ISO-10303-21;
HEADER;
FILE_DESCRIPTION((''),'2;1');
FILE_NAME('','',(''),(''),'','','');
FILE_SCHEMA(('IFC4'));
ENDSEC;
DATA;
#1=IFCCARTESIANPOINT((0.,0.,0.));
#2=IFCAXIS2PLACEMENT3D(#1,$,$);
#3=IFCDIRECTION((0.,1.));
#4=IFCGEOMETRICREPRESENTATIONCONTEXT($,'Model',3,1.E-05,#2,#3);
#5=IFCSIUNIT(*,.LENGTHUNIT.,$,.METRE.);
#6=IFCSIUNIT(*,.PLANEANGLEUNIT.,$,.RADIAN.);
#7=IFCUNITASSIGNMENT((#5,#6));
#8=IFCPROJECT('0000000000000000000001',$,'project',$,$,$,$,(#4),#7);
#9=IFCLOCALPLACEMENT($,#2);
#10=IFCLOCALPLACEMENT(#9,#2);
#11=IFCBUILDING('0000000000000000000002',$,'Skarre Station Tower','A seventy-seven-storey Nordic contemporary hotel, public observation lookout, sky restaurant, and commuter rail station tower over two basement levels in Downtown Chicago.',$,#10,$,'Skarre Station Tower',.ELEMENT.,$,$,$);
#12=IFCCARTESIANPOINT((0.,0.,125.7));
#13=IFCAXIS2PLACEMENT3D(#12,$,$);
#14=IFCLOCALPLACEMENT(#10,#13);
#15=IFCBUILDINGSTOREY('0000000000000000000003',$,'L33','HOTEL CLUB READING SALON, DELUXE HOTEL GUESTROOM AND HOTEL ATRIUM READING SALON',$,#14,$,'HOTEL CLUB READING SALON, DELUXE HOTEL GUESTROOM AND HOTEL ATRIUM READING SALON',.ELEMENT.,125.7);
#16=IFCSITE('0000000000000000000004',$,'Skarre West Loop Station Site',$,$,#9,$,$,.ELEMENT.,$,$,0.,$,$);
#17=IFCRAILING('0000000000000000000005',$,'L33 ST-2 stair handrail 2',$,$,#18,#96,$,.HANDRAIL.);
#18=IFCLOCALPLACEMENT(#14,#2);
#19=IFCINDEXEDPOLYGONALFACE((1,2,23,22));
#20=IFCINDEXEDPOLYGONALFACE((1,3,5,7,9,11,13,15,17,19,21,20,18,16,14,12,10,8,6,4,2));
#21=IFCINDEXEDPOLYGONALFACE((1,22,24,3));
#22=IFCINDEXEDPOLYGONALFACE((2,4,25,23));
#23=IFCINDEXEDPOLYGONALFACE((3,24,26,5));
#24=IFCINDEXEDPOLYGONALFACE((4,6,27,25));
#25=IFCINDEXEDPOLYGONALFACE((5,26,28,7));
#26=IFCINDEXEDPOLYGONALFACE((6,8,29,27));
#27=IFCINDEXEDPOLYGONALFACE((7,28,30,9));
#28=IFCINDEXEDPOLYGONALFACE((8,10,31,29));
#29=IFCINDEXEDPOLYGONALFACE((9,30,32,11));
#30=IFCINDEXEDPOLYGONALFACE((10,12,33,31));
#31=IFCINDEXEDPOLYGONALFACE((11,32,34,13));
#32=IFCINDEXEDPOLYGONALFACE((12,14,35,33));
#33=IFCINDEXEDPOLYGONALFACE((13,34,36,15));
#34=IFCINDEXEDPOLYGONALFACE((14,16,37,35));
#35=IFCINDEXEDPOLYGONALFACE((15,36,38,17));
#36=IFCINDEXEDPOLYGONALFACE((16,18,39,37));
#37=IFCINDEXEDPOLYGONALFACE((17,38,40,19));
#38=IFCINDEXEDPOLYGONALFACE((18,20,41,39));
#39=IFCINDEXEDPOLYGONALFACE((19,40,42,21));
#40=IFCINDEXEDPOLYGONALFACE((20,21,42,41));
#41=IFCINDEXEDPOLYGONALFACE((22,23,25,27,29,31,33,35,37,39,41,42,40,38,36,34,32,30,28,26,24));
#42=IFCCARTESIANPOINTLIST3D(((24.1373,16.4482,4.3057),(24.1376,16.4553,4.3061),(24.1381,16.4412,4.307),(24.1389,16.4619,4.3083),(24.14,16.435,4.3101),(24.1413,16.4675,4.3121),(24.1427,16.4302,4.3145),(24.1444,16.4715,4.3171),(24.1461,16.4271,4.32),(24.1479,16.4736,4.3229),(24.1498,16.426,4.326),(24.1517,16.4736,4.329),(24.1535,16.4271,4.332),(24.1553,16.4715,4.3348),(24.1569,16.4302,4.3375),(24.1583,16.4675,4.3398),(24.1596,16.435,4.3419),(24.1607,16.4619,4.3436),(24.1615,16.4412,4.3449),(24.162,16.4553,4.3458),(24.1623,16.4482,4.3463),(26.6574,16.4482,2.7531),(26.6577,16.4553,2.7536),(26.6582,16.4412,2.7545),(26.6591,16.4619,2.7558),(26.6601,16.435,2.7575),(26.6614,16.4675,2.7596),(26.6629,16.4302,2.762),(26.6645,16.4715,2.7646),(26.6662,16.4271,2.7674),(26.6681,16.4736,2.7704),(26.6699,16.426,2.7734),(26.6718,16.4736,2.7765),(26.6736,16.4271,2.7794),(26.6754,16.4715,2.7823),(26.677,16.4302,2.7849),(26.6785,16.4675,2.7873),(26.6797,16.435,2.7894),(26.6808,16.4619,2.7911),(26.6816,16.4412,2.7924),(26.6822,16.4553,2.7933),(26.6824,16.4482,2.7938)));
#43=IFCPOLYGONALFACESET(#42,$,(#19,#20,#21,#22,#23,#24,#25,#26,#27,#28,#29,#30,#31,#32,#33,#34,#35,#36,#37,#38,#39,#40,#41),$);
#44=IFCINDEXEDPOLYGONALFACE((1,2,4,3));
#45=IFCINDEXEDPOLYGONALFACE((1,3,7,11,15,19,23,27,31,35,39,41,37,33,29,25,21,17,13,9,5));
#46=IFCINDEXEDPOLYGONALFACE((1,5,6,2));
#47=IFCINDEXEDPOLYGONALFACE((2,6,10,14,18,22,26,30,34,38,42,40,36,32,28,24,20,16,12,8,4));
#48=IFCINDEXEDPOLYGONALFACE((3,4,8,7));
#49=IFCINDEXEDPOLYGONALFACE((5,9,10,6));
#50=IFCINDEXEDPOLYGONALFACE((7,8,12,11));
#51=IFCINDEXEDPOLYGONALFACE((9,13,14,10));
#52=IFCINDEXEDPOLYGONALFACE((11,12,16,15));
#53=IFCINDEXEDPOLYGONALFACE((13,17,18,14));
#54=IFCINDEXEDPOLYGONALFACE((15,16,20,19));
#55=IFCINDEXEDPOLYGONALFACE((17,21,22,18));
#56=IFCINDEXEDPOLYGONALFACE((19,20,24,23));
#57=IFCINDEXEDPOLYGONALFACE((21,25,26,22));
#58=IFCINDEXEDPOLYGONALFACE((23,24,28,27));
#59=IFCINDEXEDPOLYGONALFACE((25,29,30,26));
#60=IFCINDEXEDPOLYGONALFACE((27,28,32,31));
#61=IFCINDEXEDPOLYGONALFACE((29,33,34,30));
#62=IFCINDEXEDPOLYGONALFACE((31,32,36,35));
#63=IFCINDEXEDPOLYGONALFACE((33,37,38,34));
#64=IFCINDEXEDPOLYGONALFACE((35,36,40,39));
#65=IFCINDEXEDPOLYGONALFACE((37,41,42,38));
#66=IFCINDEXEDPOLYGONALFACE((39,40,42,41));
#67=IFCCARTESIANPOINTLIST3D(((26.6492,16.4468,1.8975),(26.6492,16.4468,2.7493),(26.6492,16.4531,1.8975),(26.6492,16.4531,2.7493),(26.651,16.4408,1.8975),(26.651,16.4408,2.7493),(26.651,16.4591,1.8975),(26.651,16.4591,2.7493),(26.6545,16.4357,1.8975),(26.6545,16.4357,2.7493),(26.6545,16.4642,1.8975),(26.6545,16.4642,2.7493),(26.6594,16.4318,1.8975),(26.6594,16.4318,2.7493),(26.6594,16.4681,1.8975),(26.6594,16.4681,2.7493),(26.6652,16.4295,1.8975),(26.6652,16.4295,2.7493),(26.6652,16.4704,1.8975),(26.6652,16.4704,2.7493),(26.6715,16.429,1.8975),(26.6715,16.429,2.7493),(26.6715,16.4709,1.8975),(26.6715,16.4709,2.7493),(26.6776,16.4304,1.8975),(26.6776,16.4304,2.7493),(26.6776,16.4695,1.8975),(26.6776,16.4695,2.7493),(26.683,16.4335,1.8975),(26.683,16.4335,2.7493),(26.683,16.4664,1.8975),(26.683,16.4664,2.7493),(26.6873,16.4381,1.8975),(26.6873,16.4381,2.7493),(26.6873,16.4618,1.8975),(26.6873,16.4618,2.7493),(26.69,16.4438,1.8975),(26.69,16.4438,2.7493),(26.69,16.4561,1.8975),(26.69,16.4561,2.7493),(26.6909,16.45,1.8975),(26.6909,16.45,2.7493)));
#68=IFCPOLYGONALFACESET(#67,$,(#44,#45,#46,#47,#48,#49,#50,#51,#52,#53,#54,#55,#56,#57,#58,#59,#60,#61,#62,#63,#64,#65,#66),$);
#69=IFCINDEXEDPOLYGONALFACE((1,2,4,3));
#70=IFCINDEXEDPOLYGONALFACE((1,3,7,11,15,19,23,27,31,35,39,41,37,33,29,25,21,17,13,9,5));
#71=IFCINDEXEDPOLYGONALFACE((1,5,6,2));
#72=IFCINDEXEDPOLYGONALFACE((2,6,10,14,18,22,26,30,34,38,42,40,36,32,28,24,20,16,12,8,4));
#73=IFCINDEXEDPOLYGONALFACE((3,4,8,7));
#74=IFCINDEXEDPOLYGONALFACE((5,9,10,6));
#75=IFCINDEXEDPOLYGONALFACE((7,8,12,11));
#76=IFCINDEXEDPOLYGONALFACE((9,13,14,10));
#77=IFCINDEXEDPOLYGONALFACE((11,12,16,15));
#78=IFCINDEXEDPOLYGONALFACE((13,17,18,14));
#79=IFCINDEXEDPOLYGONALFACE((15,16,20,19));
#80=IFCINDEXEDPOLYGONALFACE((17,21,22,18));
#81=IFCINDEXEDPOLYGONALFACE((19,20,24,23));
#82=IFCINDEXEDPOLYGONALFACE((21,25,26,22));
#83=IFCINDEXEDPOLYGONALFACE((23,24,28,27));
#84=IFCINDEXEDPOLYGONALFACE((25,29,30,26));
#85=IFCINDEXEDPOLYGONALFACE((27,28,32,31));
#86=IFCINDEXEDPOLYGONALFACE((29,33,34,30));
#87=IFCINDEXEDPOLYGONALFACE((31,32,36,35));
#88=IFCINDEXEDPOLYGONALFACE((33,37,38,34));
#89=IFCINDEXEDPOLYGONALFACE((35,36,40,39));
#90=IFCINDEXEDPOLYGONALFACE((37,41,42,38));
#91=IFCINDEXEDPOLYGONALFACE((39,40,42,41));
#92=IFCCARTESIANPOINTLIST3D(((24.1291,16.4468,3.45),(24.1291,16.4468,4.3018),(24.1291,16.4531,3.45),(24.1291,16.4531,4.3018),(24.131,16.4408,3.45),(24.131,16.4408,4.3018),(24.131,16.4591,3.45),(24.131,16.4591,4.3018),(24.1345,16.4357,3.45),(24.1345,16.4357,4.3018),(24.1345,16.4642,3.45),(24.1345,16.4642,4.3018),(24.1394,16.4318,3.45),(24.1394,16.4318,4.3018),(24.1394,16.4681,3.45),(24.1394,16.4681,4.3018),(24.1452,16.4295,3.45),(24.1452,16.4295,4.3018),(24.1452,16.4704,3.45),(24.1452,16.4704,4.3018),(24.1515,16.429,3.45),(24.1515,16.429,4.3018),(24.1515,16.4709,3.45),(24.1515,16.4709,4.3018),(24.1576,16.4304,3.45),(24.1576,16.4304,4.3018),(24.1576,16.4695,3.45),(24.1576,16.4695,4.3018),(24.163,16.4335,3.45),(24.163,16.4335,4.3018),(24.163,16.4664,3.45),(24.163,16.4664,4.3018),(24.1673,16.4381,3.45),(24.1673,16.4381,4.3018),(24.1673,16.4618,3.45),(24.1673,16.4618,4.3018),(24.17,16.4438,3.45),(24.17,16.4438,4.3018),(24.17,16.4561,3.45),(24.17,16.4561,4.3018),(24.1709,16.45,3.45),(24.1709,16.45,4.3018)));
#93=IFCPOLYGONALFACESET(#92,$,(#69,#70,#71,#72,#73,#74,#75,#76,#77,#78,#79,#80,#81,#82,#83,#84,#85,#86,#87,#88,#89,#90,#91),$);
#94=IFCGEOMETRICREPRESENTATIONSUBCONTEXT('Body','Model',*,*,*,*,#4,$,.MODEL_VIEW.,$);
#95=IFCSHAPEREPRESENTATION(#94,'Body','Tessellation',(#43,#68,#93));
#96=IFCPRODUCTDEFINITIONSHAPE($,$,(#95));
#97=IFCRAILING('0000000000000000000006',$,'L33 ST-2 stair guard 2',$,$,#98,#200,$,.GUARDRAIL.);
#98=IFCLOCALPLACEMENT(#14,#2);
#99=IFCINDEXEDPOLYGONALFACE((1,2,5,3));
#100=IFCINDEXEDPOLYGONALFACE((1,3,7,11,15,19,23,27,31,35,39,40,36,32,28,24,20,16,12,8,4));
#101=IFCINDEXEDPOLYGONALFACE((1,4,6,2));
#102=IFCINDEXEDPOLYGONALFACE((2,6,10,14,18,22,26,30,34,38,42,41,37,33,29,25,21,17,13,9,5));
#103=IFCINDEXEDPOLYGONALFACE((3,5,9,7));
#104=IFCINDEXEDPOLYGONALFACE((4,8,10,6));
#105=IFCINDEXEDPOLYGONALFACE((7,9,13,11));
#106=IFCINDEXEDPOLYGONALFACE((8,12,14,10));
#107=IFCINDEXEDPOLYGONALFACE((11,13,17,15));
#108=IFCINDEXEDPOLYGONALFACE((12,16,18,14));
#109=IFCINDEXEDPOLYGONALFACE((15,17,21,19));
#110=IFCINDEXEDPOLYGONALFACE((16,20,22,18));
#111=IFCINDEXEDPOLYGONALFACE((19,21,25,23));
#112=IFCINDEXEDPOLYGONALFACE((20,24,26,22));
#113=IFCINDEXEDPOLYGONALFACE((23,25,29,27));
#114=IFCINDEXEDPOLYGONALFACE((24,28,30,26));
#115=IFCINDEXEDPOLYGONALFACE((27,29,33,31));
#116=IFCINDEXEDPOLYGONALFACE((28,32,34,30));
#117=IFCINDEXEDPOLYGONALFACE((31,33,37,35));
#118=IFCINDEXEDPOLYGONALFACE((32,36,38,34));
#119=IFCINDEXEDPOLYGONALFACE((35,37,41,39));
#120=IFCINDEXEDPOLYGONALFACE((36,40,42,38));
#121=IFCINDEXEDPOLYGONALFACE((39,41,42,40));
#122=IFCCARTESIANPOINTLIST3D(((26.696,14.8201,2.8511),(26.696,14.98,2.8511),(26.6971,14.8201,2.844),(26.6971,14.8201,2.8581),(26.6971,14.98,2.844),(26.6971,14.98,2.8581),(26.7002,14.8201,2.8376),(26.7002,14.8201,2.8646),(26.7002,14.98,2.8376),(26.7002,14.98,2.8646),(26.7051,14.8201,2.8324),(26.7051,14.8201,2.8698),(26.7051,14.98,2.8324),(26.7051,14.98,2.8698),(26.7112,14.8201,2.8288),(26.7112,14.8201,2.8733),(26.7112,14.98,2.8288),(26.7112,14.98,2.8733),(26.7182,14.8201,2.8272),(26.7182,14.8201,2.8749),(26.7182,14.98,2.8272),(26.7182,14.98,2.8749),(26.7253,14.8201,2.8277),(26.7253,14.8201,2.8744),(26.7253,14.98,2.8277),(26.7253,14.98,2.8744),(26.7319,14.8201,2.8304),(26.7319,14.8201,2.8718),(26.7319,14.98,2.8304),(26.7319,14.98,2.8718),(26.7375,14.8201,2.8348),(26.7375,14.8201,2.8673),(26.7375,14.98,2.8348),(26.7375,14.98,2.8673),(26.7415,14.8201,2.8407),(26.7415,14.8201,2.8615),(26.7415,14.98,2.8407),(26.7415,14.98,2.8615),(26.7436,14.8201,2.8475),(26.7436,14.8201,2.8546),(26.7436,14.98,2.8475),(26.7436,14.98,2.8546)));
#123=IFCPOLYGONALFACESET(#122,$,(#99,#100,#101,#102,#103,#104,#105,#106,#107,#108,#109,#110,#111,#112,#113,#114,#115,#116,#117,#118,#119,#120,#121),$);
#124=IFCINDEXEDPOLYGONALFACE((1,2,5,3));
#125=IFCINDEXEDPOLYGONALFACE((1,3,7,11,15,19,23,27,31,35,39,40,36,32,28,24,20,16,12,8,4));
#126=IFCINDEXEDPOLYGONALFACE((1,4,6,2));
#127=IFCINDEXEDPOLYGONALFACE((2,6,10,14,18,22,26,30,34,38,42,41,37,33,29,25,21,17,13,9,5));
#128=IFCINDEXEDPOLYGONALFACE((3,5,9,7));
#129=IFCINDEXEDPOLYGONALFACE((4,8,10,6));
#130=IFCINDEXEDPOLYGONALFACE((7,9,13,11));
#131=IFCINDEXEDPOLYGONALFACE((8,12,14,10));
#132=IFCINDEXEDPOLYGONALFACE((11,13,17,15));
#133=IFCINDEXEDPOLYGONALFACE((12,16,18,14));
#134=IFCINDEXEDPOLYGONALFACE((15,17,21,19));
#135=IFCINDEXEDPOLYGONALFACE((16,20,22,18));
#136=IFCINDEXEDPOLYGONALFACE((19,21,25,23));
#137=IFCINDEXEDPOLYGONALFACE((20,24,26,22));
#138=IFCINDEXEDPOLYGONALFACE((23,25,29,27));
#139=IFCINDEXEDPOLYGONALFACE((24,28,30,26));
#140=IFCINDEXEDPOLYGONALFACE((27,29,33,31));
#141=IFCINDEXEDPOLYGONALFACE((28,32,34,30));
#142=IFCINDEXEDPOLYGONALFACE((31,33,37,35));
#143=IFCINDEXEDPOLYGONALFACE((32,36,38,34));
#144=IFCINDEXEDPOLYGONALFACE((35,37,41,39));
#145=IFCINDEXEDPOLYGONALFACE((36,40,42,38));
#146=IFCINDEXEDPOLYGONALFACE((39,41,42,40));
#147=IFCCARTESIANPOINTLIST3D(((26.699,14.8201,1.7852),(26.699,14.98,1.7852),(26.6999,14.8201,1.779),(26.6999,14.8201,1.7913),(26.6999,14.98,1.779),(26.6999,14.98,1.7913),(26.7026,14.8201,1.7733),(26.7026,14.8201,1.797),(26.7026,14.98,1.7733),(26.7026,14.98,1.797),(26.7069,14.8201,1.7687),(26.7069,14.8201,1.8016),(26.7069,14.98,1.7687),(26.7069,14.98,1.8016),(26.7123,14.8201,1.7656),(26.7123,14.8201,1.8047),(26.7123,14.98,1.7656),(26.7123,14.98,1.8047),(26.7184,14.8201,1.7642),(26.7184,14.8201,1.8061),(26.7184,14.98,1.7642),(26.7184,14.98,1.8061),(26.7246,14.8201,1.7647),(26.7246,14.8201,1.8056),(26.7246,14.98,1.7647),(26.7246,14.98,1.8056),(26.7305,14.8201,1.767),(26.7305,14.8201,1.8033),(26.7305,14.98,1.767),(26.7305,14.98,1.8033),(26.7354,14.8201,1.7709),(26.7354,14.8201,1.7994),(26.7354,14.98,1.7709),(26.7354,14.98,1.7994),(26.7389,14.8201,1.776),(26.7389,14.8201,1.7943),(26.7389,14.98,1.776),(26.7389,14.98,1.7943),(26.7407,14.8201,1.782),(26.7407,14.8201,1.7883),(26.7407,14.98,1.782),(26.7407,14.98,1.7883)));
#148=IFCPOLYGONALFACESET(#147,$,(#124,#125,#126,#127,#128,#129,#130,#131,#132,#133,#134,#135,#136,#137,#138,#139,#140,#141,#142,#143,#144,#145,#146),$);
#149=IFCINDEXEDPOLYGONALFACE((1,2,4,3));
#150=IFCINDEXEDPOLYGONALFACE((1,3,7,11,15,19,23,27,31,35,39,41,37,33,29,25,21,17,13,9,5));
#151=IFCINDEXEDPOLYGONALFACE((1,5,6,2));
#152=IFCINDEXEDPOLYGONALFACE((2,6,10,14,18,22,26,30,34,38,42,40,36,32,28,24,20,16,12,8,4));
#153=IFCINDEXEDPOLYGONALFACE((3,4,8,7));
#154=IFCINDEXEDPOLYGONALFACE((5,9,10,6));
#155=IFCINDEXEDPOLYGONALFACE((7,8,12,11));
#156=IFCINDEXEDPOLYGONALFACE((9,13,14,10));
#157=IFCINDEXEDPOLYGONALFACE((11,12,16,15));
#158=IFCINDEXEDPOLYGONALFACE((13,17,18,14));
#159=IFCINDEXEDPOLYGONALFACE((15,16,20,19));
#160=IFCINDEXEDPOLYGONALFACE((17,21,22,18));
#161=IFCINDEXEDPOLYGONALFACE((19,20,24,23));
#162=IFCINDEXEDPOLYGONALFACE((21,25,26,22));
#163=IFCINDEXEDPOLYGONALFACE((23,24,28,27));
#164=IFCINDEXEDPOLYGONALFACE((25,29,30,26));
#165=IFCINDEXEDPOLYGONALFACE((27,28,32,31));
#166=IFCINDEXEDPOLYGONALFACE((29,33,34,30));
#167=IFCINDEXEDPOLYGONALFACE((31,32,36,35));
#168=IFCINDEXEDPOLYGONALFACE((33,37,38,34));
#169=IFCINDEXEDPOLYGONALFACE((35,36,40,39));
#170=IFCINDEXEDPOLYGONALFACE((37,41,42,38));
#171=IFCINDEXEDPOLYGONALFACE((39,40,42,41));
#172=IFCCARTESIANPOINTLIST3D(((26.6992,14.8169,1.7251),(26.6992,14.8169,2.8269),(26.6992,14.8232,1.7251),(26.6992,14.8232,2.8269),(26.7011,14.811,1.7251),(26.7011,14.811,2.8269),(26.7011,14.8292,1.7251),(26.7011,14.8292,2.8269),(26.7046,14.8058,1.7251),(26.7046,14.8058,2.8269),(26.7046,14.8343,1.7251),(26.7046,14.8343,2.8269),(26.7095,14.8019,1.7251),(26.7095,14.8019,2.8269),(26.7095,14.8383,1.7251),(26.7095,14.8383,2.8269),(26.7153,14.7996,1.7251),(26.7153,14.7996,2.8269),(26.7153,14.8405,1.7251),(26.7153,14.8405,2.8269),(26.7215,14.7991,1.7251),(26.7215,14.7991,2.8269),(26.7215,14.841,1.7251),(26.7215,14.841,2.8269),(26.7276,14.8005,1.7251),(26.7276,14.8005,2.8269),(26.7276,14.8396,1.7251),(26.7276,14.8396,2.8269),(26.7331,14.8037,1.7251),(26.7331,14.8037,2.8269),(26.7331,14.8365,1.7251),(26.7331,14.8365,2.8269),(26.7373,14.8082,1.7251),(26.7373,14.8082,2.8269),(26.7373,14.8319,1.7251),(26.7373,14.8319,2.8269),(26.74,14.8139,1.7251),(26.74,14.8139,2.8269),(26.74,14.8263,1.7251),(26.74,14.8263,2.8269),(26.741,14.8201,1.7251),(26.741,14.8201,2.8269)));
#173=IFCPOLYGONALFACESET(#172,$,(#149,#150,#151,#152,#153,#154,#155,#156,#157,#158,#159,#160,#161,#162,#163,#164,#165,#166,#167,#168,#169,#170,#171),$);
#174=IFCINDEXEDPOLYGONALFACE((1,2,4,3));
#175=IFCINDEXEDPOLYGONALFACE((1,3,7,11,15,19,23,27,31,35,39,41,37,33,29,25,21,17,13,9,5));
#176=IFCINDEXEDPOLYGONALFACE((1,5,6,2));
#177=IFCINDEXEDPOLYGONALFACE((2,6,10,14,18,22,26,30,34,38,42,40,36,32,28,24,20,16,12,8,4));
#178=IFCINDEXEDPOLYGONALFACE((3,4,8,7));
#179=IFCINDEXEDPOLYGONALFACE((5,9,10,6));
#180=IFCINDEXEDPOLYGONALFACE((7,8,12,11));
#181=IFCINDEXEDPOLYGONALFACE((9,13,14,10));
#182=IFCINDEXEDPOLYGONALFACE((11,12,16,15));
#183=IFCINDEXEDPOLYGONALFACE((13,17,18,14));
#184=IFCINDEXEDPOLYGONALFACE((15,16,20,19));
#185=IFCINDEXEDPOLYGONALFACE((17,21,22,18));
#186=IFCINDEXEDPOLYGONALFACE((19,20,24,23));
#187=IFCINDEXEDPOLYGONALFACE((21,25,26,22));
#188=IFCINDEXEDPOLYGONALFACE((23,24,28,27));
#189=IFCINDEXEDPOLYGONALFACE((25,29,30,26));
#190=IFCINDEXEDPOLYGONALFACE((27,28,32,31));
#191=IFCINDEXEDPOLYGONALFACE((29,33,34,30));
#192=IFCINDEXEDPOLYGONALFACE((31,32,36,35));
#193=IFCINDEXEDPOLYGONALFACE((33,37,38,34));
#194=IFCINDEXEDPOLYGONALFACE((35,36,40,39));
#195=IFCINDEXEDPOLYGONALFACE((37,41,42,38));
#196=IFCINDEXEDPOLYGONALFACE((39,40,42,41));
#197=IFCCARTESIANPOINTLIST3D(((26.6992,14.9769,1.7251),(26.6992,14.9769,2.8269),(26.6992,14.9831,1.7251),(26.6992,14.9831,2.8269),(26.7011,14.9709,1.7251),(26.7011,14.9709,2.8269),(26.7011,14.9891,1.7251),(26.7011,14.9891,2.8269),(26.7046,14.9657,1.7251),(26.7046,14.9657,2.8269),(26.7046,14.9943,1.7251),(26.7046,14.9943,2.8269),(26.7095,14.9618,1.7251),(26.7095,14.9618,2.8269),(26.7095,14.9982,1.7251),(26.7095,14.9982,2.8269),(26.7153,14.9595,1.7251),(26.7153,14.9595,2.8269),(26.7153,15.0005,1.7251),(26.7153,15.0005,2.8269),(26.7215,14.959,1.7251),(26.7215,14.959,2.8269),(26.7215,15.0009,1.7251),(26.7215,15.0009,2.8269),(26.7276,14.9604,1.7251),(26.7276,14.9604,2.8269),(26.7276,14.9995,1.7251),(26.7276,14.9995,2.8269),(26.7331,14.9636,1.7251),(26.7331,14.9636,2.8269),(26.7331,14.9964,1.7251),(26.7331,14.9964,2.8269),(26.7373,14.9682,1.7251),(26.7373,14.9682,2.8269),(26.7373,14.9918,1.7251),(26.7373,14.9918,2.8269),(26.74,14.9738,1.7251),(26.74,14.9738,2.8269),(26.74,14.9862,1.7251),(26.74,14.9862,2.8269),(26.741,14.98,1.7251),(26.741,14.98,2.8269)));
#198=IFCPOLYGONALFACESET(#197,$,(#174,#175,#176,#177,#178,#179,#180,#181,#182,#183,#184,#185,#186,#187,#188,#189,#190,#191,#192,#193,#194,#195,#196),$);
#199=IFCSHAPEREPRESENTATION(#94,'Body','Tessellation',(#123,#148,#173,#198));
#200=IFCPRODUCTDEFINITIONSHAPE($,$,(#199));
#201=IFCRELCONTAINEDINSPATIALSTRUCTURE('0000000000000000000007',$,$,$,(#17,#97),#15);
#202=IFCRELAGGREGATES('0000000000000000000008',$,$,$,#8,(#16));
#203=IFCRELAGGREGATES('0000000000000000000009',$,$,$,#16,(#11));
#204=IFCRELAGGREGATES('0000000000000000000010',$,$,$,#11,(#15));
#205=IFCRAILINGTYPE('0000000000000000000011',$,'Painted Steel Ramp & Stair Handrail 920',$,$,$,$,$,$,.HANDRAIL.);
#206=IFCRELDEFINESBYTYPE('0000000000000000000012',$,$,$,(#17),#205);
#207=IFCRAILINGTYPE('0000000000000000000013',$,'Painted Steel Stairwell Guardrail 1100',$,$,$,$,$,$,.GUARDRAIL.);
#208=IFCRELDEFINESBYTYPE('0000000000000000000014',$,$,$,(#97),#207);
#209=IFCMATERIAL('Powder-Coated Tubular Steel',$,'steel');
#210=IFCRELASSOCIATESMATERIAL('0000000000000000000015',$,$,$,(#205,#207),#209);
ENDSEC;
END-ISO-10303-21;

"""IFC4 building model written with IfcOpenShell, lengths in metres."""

from ifc_helpers import new_model, si_unit, direction, frame, origin, origin_2d, place, context, subcontext, project, spatial, circle, extrude, material, type_object, element, save


model = new_model("IFC4")

# Units and contexts
model_context = context("Model", 3, precision=1e-05, world=origin(), true_north=direction((0.0, 1.0)))
body_context = subcontext(model_context, "Body", "Model", "MODEL_VIEW")
ifc_project = project(units=[si_unit("LENGTHUNIT", "METRE"), si_unit("PLANEANGLEUNIT", "RADIAN")], contexts=[model_context])

# Site, building, storey
site_placement = place(None, origin())
site = spatial("IfcSite", under=ifc_project, at=site_placement, Name="Skarre West Loop Station Site", CompositionType="ELEMENT", RefElevation=0.0)
building_placement = place(site_placement, origin())
building = spatial("IfcBuilding", under=site, at=building_placement, Name="Skarre Station Tower", Description="A seventy-seven-storey Nordic contemporary hotel, public observation lookout, sky restaurant, and commuter rail station tower over two basement levels in Downtown Chicago.", LongName="Skarre Station Tower", CompositionType="ELEMENT")
storey_placement = place(building_placement, frame((0.0, 0.0, 125.7)))
storey = spatial("IfcBuildingStorey", under=building, at=storey_placement, Name="L33", Description="HOTEL CLUB READING SALON, DELUXE HOTEL GUESTROOM AND HOTEL ATRIUM READING SALON", LongName="HOTEL CLUB READING SALON, DELUXE HOTEL GUESTROOM AND HOTEL ATRIUM READING SALON", CompositionType="ELEMENT", Elevation=125.7)

# Railings
ifc_material_1 = material(Name="Powder-Coated Tubular Steel", Category="steel")
railing_type_1 = type_object("IfcRailingType", Name="Painted Steel Ramp & Stair Handrail 920", PredefinedType="HANDRAIL", material=ifc_material_1)
railing_1_placement = place(storey_placement, frame((26.6699, 16.45, 1.8975)))
element("IfcRailing", 1, at=railing_1_placement, inside=storey, type_object=railing_type_1, Name="L33 ST-2 stair handrail 2", PredefinedType="HANDRAIL", context=body_context, shape_type="SweptSolid", body=[
    extrude(circle(Radius=0.0239, at=origin_2d()), frame((0.0, 0.0, 0.876), z_axis=(-0.8514, 0.0, 0.524516), x_axis=(0.0, -1.0, 0.0)), (0.0, 0.0, 1.0), 2.96),
    extrude(circle(Radius=0.021, at=origin_2d()), origin(), (0.0, 0.0, 1.0), 0.8518),
    extrude(circle(Radius=0.021, at=origin_2d()), frame((-2.52, 0.0, 1.5525)), (0.0, 0.0, 1.0), 0.8518),
])
railing_type_2 = type_object("IfcRailingType", Name="Painted Steel Stairwell Guardrail 1100", PredefinedType="GUARDRAIL", material=ifc_material_1)
railing_2_placement = place(storey_placement, frame((26.72, 14.8201, 1.7251)))
element("IfcRailing", 2, at=railing_2_placement, inside=storey, type_object=railing_type_2, Name="L33 ST-2 stair guard 2", PredefinedType="GUARDRAIL", context=body_context, shape_type="SweptSolid", body=[
    extrude(circle(Radius=0.0239, at=origin_2d()), frame((0.0, 0.0, 1.126), z_axis=(0.0, 1.0, 0.0), x_axis=(-1.0, 0.0, 0.0)), (0.0, 0.0, 1.0), 0.1599),
    extrude(circle(Radius=0.021, at=origin_2d()), frame((0.0, 0.0, 0.0601), z_axis=(0.0, 1.0, 0.0), x_axis=(-1.0, 0.0, 0.0)), (0.0, 0.0, 1.0), 0.1599),
    extrude(circle(Radius=0.021, at=origin_2d()), origin(), (0.0, 0.0, 1.0), 1.1018),
    extrude(circle(Radius=0.021, at=origin_2d()), frame((0.0, 0.1599, 0.0)), (0.0, 0.0, 1.0), 1.1018),
])

save(model, "model.ifc")
